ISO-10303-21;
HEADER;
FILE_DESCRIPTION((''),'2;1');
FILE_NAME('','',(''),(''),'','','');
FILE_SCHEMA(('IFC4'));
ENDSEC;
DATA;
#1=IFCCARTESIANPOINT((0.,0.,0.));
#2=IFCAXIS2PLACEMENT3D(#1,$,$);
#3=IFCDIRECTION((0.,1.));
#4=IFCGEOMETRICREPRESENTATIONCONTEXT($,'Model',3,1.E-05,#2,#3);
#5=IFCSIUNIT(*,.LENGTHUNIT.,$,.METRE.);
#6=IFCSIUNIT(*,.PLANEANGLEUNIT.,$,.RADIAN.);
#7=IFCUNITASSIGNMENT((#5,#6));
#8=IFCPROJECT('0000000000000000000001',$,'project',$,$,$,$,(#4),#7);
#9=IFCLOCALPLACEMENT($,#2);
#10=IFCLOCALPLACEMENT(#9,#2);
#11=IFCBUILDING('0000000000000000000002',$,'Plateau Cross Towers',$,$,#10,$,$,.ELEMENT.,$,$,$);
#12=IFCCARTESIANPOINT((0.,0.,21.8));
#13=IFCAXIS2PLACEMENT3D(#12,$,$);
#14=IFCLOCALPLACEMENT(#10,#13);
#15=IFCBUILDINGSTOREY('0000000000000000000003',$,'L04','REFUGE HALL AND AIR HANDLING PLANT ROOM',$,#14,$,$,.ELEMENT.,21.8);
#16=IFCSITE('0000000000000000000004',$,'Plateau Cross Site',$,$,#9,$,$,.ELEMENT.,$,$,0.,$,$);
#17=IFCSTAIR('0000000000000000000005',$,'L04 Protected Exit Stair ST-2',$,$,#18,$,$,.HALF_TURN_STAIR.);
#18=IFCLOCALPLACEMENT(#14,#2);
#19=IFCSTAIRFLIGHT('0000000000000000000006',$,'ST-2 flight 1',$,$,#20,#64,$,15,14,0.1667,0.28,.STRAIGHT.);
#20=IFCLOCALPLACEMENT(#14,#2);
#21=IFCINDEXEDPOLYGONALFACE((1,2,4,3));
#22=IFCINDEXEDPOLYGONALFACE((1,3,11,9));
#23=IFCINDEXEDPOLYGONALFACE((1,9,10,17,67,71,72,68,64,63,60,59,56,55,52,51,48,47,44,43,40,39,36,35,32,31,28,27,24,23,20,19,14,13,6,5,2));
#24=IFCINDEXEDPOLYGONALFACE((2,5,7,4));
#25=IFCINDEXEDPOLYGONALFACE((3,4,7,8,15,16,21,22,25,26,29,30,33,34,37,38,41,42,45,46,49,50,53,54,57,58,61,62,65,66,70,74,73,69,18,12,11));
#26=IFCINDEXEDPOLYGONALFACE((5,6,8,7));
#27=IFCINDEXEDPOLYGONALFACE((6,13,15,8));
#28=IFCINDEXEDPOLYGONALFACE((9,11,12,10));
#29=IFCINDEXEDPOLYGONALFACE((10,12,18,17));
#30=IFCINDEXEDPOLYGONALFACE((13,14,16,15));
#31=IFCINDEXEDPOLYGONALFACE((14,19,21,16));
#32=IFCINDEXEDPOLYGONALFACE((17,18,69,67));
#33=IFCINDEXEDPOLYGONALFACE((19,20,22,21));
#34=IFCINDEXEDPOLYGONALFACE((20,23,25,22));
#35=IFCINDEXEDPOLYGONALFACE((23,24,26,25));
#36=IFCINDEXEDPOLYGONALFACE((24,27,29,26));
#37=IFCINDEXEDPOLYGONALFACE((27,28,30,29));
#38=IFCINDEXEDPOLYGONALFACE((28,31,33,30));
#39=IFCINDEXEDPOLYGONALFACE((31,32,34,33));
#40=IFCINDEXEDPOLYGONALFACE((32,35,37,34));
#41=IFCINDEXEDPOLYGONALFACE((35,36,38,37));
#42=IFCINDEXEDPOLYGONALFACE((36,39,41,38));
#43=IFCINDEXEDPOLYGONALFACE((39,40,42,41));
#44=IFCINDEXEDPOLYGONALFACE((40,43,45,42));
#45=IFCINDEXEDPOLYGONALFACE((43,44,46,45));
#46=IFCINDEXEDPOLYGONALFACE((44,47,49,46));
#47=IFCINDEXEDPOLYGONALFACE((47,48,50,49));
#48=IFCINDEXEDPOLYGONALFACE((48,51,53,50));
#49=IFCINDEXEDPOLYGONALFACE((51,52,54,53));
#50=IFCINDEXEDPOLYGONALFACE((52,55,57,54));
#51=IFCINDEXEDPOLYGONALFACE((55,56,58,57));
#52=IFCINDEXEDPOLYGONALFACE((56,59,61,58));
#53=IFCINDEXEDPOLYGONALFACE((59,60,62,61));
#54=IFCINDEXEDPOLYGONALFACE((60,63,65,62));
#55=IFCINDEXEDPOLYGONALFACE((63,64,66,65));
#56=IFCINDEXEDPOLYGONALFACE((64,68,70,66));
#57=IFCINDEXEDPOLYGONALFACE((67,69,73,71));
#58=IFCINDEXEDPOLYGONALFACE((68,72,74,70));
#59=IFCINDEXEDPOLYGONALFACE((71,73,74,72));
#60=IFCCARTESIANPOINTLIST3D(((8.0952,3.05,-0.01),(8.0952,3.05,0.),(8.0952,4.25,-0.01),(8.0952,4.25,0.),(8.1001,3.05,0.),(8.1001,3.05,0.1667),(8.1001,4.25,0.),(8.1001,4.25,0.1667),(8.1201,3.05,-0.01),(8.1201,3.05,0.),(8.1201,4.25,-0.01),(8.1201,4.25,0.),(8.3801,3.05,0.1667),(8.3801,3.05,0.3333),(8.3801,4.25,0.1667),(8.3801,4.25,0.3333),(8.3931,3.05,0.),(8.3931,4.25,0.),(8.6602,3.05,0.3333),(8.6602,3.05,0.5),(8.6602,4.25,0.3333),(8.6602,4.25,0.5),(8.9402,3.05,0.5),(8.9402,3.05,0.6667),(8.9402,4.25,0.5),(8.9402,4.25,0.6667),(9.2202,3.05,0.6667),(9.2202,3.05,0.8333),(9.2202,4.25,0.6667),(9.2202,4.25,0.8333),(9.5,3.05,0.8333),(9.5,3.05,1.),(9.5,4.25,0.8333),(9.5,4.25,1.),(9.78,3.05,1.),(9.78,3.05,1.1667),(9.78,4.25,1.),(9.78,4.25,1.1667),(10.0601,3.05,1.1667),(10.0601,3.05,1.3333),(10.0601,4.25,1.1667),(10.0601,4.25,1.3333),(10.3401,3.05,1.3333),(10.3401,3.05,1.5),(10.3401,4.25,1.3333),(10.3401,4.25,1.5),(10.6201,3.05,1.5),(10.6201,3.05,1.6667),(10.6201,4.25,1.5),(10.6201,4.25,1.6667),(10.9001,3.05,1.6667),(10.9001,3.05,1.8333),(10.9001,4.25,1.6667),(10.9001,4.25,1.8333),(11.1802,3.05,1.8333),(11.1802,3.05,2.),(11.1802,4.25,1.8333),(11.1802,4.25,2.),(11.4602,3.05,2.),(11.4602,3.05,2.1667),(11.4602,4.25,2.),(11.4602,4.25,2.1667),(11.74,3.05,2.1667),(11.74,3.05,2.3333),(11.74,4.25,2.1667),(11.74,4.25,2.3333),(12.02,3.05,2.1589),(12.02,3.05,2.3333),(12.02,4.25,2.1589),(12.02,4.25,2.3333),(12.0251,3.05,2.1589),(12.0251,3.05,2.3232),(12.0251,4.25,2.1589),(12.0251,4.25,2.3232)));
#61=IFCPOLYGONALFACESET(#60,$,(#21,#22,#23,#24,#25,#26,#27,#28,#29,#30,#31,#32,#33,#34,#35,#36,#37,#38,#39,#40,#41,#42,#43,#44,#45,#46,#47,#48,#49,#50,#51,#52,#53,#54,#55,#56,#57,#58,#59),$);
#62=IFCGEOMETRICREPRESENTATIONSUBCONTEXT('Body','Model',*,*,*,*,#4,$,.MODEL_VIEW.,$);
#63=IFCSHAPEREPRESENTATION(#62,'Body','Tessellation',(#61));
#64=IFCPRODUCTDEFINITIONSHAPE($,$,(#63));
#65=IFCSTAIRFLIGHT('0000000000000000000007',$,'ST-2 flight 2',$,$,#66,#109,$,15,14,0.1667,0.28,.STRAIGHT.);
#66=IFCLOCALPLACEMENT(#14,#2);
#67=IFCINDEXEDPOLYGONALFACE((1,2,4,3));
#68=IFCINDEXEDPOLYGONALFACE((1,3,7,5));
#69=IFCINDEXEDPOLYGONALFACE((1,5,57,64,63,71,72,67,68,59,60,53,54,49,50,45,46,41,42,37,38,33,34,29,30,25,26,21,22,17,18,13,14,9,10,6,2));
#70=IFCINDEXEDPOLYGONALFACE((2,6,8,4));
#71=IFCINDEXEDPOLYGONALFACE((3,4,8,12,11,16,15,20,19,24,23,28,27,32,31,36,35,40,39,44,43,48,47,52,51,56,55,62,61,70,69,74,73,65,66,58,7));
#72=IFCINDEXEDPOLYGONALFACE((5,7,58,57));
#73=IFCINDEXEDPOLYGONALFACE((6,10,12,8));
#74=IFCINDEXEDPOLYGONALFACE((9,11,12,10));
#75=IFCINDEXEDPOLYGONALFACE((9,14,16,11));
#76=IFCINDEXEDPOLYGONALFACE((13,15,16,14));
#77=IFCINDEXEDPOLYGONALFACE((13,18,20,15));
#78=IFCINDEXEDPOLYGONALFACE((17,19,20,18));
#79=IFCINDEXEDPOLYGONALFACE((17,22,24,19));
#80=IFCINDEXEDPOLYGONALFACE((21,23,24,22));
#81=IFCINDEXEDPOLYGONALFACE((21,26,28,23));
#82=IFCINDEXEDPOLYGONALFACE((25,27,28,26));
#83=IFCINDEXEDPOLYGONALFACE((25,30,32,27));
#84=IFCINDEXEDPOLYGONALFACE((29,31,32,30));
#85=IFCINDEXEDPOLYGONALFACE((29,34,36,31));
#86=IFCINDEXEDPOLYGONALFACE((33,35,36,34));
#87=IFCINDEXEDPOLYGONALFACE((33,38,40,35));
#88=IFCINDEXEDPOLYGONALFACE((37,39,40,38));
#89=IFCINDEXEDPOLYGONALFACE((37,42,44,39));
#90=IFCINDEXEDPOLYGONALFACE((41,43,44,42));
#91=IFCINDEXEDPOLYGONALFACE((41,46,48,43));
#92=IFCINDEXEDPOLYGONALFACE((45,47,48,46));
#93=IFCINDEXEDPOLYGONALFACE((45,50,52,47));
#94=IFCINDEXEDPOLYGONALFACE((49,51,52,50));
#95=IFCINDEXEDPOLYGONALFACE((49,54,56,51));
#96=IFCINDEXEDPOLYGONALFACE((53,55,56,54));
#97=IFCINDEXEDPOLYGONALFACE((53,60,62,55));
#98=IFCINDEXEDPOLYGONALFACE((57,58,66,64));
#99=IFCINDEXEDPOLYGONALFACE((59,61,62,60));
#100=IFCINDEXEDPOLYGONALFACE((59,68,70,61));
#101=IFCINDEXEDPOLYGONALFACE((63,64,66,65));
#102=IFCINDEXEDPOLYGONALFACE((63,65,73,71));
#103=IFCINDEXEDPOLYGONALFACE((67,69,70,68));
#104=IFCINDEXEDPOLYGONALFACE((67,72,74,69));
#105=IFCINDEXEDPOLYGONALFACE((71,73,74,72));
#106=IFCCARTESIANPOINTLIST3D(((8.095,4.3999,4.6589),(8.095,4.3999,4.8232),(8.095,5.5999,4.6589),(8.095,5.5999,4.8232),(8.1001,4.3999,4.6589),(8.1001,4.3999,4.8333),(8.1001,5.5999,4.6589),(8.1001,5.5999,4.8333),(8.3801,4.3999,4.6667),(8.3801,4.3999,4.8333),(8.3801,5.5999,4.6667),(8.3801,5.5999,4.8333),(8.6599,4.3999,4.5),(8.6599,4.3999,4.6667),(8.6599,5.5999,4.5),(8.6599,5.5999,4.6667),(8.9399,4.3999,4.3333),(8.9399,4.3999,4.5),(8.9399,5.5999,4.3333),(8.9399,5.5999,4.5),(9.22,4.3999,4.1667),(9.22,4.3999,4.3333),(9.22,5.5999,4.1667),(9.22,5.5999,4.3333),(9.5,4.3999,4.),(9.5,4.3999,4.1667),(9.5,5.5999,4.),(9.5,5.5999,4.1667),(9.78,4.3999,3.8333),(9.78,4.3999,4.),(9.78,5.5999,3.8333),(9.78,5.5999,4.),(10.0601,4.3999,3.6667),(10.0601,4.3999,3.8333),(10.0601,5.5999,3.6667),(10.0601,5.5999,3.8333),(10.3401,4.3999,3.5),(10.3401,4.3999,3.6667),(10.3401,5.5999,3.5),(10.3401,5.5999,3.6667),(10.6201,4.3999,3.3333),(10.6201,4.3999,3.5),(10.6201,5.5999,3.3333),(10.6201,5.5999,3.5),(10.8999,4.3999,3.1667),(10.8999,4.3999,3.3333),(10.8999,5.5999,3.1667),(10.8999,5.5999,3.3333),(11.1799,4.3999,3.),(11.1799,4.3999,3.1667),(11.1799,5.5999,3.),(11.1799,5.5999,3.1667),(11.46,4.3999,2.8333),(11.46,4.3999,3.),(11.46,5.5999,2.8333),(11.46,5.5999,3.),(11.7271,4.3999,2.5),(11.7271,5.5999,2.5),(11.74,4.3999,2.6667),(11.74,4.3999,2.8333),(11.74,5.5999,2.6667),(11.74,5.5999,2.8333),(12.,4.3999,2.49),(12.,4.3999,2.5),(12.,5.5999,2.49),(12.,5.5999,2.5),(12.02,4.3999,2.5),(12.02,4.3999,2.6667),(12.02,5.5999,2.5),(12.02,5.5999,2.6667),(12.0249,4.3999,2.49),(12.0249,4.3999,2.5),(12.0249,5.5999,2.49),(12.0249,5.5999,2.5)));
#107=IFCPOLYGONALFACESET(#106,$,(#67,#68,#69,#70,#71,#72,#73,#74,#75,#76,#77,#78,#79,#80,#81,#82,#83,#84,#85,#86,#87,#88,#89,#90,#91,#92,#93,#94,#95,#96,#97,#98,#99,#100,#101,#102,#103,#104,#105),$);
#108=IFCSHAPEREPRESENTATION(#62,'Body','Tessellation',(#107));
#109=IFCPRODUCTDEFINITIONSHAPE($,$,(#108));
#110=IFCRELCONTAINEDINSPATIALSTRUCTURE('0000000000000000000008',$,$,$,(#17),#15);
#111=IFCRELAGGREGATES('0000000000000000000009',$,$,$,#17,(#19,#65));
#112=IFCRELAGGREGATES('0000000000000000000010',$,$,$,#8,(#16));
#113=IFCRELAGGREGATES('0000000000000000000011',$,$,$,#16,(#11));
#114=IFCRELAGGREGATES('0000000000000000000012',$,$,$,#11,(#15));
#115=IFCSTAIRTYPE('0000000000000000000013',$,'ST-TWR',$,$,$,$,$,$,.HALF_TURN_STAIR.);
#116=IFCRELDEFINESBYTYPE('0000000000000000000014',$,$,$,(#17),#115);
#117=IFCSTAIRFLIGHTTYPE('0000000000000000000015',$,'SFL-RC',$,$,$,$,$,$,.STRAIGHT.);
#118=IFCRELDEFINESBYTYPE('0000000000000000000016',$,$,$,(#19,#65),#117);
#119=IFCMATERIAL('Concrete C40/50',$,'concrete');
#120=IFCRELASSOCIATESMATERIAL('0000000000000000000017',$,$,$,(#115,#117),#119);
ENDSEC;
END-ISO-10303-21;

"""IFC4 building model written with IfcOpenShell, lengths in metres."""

from ifc_helpers import new_model, si_unit, direction, frame, origin, place, context, subcontext, project, spatial, polyline, outline, extrude, material, type_object, element, aggregate, save


model = new_model("IFC4")

# Units and contexts
model_context = context("Model", 3, precision=1e-05, world=origin(), true_north=direction((0.0, 1.0)))
body_context = subcontext(model_context, "Body", "Model", "MODEL_VIEW")
ifc_project = project(units=[si_unit("LENGTHUNIT", "METRE"), si_unit("PLANEANGLEUNIT", "RADIAN")], contexts=[model_context])

# Site, building, storey
site_placement = place(None, origin())
site = spatial("IfcSite", under=ifc_project, at=site_placement, Name="Plateau Cross Site", CompositionType="ELEMENT", RefElevation=0.0)
building_placement = place(site_placement, origin())
building = spatial("IfcBuilding", under=site, at=building_placement, Name="Plateau Cross Towers", CompositionType="ELEMENT")
storey_placement = place(building_placement, frame((0.0, 0.0, 21.8)))
storey = spatial("IfcBuildingStorey", under=building, at=storey_placement, Name="L04", Description="REFUGE HALL AND AIR HANDLING PLANT ROOM", CompositionType="ELEMENT", Elevation=21.8)

# Stair, stair flights
ifc_material_1 = material(Name="Concrete C40/50", Category="concrete")
stair_type = type_object("IfcStairType", Name="ST-TWR", PredefinedType="HALF_TURN_STAIR", material=ifc_material_1)
stair_placement = place(storey_placement, origin())
stair = element("IfcStair", 1, at=stair_placement, inside=storey, type_object=stair_type, Name="L04 Protected Exit Stair ST-2", PredefinedType="HALF_TURN_STAIR")
stair_flight_type = type_object("IfcStairFlightType", Name="SFL-RC", PredefinedType="STRAIGHT", material=ifc_material_1)
stair_flight_1_placement = place(storey_placement, frame((8.1001, 3.6499, 0.0), z_axis=(0.0, 0.0, 1.0), x_axis=(1.0, 0.0, 0.0)))
stair_flight_1 = element("IfcStairFlight", 2, at=stair_flight_1_placement, type_object=stair_flight_type, Name="ST-2 flight 1", NumberOfRisers=15, NumberOfTreads=14, PredefinedType="STRAIGHT", RiserHeight=0.1667, TreadLength=0.28, context=body_context, shape_type="SweptSolid", body=[
    extrude(outline(polyline([(-0.0049, -0.01), (-0.0049, 0.0), (0.0, 0.0), (0.0, 0.1667), (0.28, 0.1667), (0.28, 0.3333), (0.5601, 0.3333), (0.5601, 0.5), (0.8401, 0.5), (0.8401, 0.6667), (1.1201, 0.6667), (1.1201, 0.8333), (1.3999, 0.8333), (1.3999, 1.0), (1.6799, 1.0), (1.6799, 1.1667), (1.96, 1.1667), (1.96, 1.3333), (2.24, 1.3333), (2.24, 1.5), (2.52, 1.5), (2.52, 1.6667), (2.8, 1.6667), (2.8, 1.8333), (3.0801, 1.8333), (3.0801, 2.0), (3.3601, 2.0), (3.3601, 2.1667), (3.6399, 2.1667), (3.6399, 2.3333), (3.9199, 2.3333), (3.925, 2.3232), (3.925, 2.1589), (3.9199, 2.1589), (0.293, 0.0), (0.02, 0.0), (0.02, -0.01), (-0.0049, -0.01)])), frame((0.0, 0.6001, 0.0), z_axis=(0.0, -1.0, 0.0), x_axis=(1.0, 0.0, 0.0)), (0.0, 0.0, 1.0), 1.2),
])
stair_flight_2_placement = place(storey_placement, frame((12.02, 5.0, 2.5), z_axis=(0.0, 0.0, 1.0), x_axis=(-1.0, 0.0, 0.0)))
stair_flight_2 = element("IfcStairFlight", 3, at=stair_flight_2_placement, type_object=stair_flight_type, Name="ST-2 flight 2", NumberOfRisers=15, NumberOfTreads=14, PredefinedType="STRAIGHT", RiserHeight=0.1667, TreadLength=0.28, context=body_context, shape_type="SweptSolid", body=[
    extrude(outline(polyline([(-0.0049, -0.01), (-0.0049, 0.0), (0.0, 0.0), (0.0, 0.1667), (0.28, 0.1667), (0.28, 0.3333), (0.5601, 0.3333), (0.5601, 0.5), (0.8401, 0.5), (0.8401, 0.6667), (1.1201, 0.6667), (1.1201, 0.8333), (1.3999, 0.8333), (1.3999, 1.0), (1.6799, 1.0), (1.6799, 1.1667), (1.96, 1.1667), (1.96, 1.3333), (2.24, 1.3333), (2.24, 1.5), (2.52, 1.5), (2.52, 1.6667), (2.8, 1.6667), (2.8, 1.8333), (3.0801, 1.8333), (3.0801, 2.0), (3.3601, 2.0), (3.3601, 2.1667), (3.6399, 2.1667), (3.6399, 2.3333), (3.9199, 2.3333), (3.925, 2.3232), (3.925, 2.1589), (3.9199, 2.1589), (0.293, 0.0), (0.02, 0.0), (0.02, -0.01), (-0.0049, -0.01)])), frame((0.0, 0.6001, 0.0), z_axis=(0.0, -1.0, 0.0), x_axis=(1.0, 0.0, 0.0)), (0.0, 0.0, 1.0), 1.2),
])
aggregate(stair, [stair_flight_1, stair_flight_2])

save(model, "model.ifc")
